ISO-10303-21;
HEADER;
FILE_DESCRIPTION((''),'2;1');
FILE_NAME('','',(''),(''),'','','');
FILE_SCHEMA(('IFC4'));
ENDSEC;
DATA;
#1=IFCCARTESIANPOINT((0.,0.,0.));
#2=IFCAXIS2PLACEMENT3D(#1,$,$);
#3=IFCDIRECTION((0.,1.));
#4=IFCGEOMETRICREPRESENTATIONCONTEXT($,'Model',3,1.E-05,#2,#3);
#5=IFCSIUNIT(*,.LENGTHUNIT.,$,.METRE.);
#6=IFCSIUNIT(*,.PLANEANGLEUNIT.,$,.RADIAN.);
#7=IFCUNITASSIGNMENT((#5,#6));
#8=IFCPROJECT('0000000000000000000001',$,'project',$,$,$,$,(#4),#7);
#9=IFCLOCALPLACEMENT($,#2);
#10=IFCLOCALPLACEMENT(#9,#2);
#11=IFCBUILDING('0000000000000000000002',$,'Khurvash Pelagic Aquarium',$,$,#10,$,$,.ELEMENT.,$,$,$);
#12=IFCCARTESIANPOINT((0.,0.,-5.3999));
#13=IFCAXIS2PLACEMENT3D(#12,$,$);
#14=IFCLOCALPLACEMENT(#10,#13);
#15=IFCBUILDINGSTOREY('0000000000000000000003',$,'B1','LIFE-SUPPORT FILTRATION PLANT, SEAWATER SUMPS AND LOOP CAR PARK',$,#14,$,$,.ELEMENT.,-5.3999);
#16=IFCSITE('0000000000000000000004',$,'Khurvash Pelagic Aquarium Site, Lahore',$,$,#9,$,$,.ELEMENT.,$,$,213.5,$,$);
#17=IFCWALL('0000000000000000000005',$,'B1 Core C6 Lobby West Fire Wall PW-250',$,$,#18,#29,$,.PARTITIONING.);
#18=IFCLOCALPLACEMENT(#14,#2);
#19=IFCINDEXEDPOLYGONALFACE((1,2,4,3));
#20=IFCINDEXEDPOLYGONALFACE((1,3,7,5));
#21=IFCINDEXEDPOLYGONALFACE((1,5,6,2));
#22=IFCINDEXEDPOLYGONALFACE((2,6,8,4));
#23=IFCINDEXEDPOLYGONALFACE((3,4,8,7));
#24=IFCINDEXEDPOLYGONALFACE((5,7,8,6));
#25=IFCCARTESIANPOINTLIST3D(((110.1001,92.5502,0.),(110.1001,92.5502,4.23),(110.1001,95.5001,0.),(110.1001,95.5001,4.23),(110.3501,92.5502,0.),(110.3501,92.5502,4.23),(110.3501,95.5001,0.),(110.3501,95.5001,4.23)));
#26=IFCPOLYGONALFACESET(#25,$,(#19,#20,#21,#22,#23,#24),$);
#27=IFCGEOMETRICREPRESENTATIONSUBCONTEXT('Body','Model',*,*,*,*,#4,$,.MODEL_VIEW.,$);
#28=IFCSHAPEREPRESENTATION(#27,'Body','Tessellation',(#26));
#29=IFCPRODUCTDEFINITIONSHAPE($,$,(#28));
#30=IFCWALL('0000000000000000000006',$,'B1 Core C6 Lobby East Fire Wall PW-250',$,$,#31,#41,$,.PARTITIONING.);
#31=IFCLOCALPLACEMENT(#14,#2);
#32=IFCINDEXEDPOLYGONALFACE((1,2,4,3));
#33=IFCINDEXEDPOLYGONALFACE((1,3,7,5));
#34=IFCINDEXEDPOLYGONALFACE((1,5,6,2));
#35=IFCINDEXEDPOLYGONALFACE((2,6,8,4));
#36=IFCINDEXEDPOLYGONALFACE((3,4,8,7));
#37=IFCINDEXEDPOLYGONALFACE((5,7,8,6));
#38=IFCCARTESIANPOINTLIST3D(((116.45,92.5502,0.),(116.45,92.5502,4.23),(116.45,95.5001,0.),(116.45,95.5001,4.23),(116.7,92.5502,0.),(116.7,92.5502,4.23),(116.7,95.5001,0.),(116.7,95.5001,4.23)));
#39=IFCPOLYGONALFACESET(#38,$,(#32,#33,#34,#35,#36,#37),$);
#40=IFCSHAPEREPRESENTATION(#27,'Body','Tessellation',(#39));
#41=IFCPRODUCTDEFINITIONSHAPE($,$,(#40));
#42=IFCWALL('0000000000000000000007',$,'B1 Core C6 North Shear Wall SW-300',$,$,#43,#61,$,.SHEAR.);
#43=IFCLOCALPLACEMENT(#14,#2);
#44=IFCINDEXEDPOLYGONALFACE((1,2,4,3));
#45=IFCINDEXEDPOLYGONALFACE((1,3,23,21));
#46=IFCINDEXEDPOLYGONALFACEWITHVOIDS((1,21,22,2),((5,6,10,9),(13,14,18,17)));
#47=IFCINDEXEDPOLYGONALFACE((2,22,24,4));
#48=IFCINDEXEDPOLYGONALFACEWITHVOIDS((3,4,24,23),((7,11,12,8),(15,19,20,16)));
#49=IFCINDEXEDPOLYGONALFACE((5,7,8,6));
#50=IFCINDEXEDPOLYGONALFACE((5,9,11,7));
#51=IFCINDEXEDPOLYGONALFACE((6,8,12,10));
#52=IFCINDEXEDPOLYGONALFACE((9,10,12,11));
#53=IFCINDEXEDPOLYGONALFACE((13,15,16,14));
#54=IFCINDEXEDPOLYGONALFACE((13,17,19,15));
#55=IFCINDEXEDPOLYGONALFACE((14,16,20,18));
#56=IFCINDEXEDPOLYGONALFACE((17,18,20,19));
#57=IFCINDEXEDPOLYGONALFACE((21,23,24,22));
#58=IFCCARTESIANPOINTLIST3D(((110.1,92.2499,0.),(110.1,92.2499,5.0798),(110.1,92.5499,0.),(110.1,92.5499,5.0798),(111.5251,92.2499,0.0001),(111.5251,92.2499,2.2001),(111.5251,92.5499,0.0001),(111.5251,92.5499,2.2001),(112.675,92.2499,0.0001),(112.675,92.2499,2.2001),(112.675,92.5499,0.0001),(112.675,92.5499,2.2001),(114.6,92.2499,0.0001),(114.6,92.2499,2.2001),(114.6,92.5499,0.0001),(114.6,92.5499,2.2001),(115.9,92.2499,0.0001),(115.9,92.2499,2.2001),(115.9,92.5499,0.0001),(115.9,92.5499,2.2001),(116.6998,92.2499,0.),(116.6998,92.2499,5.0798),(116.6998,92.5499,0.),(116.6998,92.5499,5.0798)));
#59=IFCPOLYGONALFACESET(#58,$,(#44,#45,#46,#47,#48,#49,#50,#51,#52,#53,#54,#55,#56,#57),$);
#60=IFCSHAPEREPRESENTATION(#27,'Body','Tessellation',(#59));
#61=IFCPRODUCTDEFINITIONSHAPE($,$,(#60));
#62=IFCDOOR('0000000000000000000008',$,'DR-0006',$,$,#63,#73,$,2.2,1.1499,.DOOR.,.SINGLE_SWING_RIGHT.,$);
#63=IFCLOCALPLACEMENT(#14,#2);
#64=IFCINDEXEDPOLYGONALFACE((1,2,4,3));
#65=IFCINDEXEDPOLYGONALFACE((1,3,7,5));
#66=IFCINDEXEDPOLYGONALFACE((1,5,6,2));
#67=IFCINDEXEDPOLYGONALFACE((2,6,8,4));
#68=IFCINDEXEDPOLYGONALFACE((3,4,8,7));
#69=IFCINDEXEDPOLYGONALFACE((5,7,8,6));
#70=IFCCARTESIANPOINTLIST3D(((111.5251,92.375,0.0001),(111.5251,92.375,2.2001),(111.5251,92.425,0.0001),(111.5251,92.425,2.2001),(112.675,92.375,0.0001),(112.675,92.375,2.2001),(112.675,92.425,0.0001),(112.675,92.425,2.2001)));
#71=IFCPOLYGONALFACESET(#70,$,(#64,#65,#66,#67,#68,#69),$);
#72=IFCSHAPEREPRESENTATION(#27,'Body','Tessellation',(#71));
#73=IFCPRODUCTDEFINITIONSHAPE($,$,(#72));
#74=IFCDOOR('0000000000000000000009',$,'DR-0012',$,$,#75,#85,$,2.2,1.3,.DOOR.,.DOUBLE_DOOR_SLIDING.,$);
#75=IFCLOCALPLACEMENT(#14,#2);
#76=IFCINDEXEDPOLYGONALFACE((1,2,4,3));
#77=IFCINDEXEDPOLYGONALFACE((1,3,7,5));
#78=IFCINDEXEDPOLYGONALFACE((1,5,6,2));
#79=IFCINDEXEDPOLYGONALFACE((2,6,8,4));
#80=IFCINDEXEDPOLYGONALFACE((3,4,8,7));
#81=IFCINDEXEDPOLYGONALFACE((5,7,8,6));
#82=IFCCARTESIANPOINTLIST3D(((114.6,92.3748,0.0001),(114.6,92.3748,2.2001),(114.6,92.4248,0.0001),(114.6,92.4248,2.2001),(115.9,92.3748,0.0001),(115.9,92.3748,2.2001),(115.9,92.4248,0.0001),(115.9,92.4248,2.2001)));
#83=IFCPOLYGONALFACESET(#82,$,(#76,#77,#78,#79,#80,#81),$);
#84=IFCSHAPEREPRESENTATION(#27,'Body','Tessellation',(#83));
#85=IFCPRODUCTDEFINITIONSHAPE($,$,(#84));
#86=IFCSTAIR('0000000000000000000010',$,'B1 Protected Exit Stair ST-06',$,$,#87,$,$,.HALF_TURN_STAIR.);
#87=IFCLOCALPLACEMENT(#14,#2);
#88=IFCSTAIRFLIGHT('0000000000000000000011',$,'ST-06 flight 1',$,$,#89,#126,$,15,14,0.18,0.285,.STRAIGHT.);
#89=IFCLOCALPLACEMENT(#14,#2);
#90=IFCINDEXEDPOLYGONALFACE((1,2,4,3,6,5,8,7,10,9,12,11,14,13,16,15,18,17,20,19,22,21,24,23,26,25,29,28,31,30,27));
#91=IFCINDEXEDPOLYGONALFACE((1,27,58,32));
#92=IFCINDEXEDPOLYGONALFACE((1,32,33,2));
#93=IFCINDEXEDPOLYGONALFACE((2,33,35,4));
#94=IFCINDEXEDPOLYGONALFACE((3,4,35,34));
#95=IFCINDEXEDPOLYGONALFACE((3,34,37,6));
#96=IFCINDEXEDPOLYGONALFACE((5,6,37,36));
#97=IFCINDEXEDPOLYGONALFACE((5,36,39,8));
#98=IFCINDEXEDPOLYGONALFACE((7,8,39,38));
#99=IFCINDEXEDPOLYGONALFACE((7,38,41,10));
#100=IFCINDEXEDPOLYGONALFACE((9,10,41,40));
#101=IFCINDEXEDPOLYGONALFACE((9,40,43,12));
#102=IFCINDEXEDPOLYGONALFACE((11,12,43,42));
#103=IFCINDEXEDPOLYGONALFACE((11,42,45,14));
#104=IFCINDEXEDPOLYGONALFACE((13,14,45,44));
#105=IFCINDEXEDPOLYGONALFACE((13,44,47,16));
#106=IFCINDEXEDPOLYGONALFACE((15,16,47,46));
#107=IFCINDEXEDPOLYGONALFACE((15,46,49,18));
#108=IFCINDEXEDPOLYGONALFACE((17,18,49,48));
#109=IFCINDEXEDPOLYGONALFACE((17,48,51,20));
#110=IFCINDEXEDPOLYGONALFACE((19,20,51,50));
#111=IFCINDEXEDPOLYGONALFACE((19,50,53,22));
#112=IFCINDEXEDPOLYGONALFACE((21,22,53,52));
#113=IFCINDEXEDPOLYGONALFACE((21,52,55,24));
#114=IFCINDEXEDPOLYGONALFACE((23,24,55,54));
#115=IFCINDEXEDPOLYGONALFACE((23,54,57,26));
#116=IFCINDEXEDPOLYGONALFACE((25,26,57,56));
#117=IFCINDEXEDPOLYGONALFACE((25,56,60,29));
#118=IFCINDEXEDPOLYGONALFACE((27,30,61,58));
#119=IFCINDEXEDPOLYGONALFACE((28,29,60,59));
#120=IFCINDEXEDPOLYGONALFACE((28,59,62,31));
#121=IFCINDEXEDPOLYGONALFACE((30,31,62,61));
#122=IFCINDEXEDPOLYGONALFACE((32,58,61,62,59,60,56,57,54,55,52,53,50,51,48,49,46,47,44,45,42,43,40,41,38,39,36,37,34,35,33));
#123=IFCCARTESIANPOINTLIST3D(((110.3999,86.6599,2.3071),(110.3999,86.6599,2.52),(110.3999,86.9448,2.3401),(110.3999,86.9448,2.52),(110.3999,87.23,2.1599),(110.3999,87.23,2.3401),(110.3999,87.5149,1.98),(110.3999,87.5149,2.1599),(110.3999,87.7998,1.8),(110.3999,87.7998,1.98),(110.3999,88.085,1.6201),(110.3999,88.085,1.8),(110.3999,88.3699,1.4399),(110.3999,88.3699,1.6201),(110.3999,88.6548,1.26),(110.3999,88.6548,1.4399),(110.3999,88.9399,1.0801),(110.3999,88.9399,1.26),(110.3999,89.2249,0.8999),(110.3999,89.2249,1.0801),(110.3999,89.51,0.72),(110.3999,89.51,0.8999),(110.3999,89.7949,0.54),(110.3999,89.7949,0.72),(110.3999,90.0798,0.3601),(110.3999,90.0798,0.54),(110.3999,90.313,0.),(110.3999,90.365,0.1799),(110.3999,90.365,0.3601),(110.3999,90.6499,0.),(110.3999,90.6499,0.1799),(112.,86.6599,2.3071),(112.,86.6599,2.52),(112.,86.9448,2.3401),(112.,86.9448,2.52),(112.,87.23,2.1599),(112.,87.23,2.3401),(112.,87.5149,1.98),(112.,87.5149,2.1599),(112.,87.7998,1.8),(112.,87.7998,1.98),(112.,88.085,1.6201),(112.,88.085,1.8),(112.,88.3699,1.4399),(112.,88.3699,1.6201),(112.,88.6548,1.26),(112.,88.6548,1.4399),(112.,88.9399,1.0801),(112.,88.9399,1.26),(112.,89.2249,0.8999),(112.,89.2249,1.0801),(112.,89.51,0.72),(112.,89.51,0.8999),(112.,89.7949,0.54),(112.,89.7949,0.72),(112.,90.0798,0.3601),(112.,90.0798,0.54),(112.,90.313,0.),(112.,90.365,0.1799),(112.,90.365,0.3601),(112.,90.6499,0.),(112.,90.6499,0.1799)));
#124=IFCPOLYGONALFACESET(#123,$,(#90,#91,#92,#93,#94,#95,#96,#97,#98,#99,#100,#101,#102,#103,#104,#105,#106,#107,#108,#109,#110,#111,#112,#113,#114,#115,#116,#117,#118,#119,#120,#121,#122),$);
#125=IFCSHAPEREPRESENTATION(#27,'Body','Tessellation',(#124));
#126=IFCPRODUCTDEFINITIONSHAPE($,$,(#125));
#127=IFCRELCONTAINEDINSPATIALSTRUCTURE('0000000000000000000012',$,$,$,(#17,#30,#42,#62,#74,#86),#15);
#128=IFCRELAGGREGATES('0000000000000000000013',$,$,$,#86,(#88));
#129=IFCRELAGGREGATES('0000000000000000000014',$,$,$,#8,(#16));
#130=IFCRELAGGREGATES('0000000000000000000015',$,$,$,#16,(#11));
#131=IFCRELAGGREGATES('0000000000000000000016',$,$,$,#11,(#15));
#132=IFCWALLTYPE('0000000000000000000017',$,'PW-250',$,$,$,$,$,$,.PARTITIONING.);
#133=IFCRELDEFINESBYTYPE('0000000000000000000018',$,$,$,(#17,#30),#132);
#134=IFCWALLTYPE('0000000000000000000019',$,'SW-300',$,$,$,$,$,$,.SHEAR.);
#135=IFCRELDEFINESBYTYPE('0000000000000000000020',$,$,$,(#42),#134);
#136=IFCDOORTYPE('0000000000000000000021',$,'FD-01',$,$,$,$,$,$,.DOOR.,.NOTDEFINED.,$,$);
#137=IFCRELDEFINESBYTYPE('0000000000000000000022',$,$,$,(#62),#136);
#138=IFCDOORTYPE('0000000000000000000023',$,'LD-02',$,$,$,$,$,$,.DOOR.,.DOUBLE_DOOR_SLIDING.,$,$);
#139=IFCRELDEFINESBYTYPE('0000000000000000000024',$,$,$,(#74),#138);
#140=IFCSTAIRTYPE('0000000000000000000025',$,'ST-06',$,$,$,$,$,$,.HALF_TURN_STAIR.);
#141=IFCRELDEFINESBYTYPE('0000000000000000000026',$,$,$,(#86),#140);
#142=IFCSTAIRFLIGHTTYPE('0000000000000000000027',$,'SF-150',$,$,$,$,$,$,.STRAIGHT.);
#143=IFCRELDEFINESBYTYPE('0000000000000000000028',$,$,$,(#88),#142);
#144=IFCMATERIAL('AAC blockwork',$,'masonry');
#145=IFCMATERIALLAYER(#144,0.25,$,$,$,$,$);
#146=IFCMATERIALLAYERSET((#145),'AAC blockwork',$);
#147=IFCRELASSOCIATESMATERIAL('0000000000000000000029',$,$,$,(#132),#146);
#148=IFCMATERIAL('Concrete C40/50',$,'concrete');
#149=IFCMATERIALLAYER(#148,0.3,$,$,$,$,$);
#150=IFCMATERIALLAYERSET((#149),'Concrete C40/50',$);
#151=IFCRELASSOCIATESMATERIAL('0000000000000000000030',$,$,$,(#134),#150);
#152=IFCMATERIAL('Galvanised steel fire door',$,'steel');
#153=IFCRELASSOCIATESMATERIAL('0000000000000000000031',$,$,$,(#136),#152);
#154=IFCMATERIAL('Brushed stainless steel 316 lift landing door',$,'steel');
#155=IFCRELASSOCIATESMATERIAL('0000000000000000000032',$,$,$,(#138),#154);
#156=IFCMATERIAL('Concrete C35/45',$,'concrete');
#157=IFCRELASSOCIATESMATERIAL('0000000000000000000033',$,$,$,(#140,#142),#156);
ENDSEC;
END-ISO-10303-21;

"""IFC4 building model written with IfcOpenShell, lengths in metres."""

from ifc_helpers import new_model, si_unit, direction, frame, frame_2d, origin, place, context, subcontext, project, spatial, polyline, rectangle, outline, extrude, material, layer, layer_set, type_object, element, fill, aggregate, save


model = new_model("IFC4")

# Units and contexts
model_context = context("Model", 3, precision=1e-05, world=origin(), true_north=direction((0.0, 1.0)))
body_context = subcontext(model_context, "Body", "Model", "MODEL_VIEW")
ifc_project = project(units=[si_unit("LENGTHUNIT", "METRE"), si_unit("PLANEANGLEUNIT", "RADIAN")], contexts=[model_context])

# Site, building, storey
site_placement = place(None, origin())
site = spatial("IfcSite", under=ifc_project, at=site_placement, Name="Khurvash Pelagic Aquarium Site, Lahore", CompositionType="ELEMENT", RefElevation=213.5)
building_placement = place(site_placement, origin())
building = spatial("IfcBuilding", under=site, at=building_placement, Name="Khurvash Pelagic Aquarium", CompositionType="ELEMENT")
storey_placement = place(building_placement, frame((0.0, 0.0, -5.3999)))
storey = spatial("IfcBuildingStorey", under=building, at=storey_placement, Name="B1", Description="LIFE-SUPPORT FILTRATION PLANT, SEAWATER SUMPS AND LOOP CAR PARK", CompositionType="ELEMENT", Elevation=-5.3999)

# Shared definitions
ifc_material_1 = material(Name="Concrete C35/45", Category="concrete")

# Shared definitions
ifc_material_2 = material(Name="Concrete C40/50", Category="concrete")

# Shared definitions
ifc_material_3 = material(Name="AAC blockwork", Category="masonry")
ifc_layer_1 = layer(ifc_material_3, 0.25)
ifc_layer_set_1 = layer_set([ifc_layer_1], Name="AAC blockwork")
wall_type_1 = type_object("IfcWallType", Name="PW-250", PredefinedType="PARTITIONING", material=ifc_layer_set_1)

# Walls
for number, where, z_axis, x_axis, name in (
    (1, (110.2251, 92.55, 0.0), (0.0, 0.0, 1.0), (0.0, 1.0, 0.0), "B1 Core C6 Lobby West Fire Wall PW-250"),
    (2, (116.575, 92.55, 0.0), (0.0, 0.0, 1.0), (0.0, 1.0, 0.0), "B1 Core C6 Lobby East Fire Wall PW-250"),
):
    element("IfcWall", number, at=place(storey_placement, frame(where, z_axis=z_axis, x_axis=x_axis)), inside=storey, type_object=wall_type_1, Name=name, PredefinedType="PARTITIONING", context=body_context, shape_type="SweptSolid", body=[
        extrude(rectangle(XDim=2.95, YDim=0.25, at=frame_2d((1.4751, 0.0))), origin(), (0.0, 0.0, 1.0), 4.23),
    ])

# Wall, openings, doors
ifc_layer_2 = layer(ifc_material_2, 0.3)
ifc_layer_set_2 = layer_set([ifc_layer_2], Name="Concrete C40/50")
wall_type_2 = type_object("IfcWallType", Name="SW-300", PredefinedType="SHEAR", material=ifc_layer_set_2)
wall_1_placement = place(storey_placement, frame((110.1001, 92.3999, 0.0), z_axis=(0.0, 0.0, 1.0), x_axis=(1.0, 0.0, 0.0)))
wall_1 = element("IfcWall", 3, at=wall_1_placement, inside=storey, type_object=wall_type_2, Name="B1 Core C6 North Shear Wall SW-300", PredefinedType="SHEAR", context=body_context, shape_type="SweptSolid", body=[
    extrude(rectangle(XDim=6.5999, YDim=0.3, at=frame_2d((3.2998, 0.0))), origin(), (0.0, 0.0, 1.0), 5.0798),
])
opening_1_placement = place(wall_1_placement, frame((1.425, 0.0, 0.0)))
opening_1 = element("IfcOpeningElement", 4, at=opening_1_placement, cuts=wall_1, PredefinedType="OPENING", context=body_context, shape_type="SweptSolid", body=[
    extrude(rectangle(XDim=1.1499, YDim=2.2, at=frame_2d((0.575, 1.1001))), frame((0.0, 0.1602, 0.0), z_axis=(0.0, -1.0, 0.0), x_axis=(1.0, 0.0, 0.0)), (0.0, 0.0, 1.0), 0.3201),
])
opening_2_placement = place(wall_1_placement, frame((4.5, 0.0, 0.0)))
opening_2 = element("IfcOpeningElement", 5, at=opening_2_placement, cuts=wall_1, PredefinedType="OPENING", context=body_context, shape_type="SweptSolid", body=[
    extrude(rectangle(XDim=1.3, YDim=2.2, at=frame_2d((0.6499, 1.1001))), frame((0.0, 0.1602, 0.0), z_axis=(0.0, -1.0, 0.0), x_axis=(1.0, 0.0, 0.0)), (0.0, 0.0, 1.0), 0.3201),
])
ifc_material_4 = material(Name="Galvanised steel fire door", Category="steel")
door_type_1 = type_object("IfcDoorType", Name="FD-01", OperationType="NOTDEFINED", PredefinedType="DOOR", material=ifc_material_4)
door_1_placement = place(opening_1_placement, frame((1.1499, 0.0, 0.0), z_axis=(0.0, 0.0, 1.0), x_axis=(-1.0, 0.0, 0.0)))
door_1 = element("IfcDoor", 6, at=door_1_placement, inside=storey, type_object=door_type_1, Name="DR-0006", OperationType="SINGLE_SWING_RIGHT", OverallHeight=2.2, OverallWidth=1.1499, PredefinedType="DOOR", context=body_context, shape_type="SweptSolid", body=[
    extrude(rectangle(XDim=1.1499, YDim=2.2, at=frame_2d((0.575, 1.1001))), frame((0.0, 0.0249, 0.0), z_axis=(0.0, -1.0, 0.0), x_axis=(1.0, 0.0, 0.0)), (0.0, 0.0, 1.0), 0.05),
])
fill(opening_1, door_1)
ifc_material_5 = material(Name="Brushed stainless steel 316 lift landing door", Category="steel")
door_type_2 = type_object("IfcDoorType", Name="LD-02", OperationType="DOUBLE_DOOR_SLIDING", PredefinedType="DOOR", material=ifc_material_5)
door_2_placement = place(opening_2_placement, origin())
door_2 = element("IfcDoor", 7, at=door_2_placement, inside=storey, type_object=door_type_2, Name="DR-0012", OperationType="DOUBLE_DOOR_SLIDING", OverallHeight=2.2, OverallWidth=1.3, PredefinedType="DOOR", context=body_context, shape_type="SweptSolid", body=[
    extrude(rectangle(XDim=1.3, YDim=2.2, at=frame_2d((0.6499, 1.1001))), frame((0.0, 0.0249, 0.0), z_axis=(0.0, -1.0, 0.0), x_axis=(1.0, 0.0, 0.0)), (0.0, 0.0, 1.0), 0.05),
])
fill(opening_2, door_2)

# Stair, stair flight
stair_type = type_object("IfcStairType", Name="ST-06", PredefinedType="HALF_TURN_STAIR", material=ifc_material_1)
stair_placement = place(storey_placement, origin())
stair = element("IfcStair", 8, at=stair_placement, inside=storey, type_object=stair_type, Name="B1 Protected Exit Stair ST-06", PredefinedType="HALF_TURN_STAIR")
stair_flight_type = type_object("IfcStairFlightType", Name="SF-150", PredefinedType="STRAIGHT", material=ifc_material_1)
stair_flight_placement = place(storey_placement, frame((111.2, 90.6499, 0.0), z_axis=(0.0, 0.0, 1.0), x_axis=(0.0, -1.0, 0.0)))
stair_flight = element("IfcStairFlight", 9, at=stair_flight_placement, type_object=stair_flight_type, Name="ST-06 flight 1", NumberOfRisers=15, NumberOfTreads=14, PredefinedType="STRAIGHT", RiserHeight=0.18, TreadLength=0.285, context=body_context, shape_type="SweptSolid", body=[
    extrude(outline(polyline([(0.0, 0.0), (0.0, 0.1799), (0.2849, 0.1799), (0.2849, 0.3601), (0.5701, 0.3601), (0.5701, 0.54), (0.855, 0.54), (0.855, 0.72), (1.1399, 0.72), (1.1399, 0.8999), (1.425, 0.8999), (1.425, 1.0801), (1.71, 1.0801), (1.71, 1.26), (1.9951, 1.26), (1.9951, 1.4399), (2.28, 1.4399), (2.28, 1.6201), (2.5649, 1.6201), (2.5649, 1.8), (2.8501, 1.8), (2.8501, 1.98), (3.135, 1.98), (3.135, 2.1599), (3.4199, 2.1599), (3.4199, 2.3401), (3.7051, 2.3401), (3.7051, 2.52), (3.99, 2.52), (3.99, 2.7), (3.99, 2.3071), (0.3369, 0.0), (0.0, 0.0)])), frame((0.0, 0.8, 0.0), z_axis=(0.0, -1.0, 0.0), x_axis=(1.0, 0.0, 0.0)), (0.0, 0.0, 1.0), 1.6001),
])
aggregate(stair, [stair_flight])

save(model, "model.ifc")
